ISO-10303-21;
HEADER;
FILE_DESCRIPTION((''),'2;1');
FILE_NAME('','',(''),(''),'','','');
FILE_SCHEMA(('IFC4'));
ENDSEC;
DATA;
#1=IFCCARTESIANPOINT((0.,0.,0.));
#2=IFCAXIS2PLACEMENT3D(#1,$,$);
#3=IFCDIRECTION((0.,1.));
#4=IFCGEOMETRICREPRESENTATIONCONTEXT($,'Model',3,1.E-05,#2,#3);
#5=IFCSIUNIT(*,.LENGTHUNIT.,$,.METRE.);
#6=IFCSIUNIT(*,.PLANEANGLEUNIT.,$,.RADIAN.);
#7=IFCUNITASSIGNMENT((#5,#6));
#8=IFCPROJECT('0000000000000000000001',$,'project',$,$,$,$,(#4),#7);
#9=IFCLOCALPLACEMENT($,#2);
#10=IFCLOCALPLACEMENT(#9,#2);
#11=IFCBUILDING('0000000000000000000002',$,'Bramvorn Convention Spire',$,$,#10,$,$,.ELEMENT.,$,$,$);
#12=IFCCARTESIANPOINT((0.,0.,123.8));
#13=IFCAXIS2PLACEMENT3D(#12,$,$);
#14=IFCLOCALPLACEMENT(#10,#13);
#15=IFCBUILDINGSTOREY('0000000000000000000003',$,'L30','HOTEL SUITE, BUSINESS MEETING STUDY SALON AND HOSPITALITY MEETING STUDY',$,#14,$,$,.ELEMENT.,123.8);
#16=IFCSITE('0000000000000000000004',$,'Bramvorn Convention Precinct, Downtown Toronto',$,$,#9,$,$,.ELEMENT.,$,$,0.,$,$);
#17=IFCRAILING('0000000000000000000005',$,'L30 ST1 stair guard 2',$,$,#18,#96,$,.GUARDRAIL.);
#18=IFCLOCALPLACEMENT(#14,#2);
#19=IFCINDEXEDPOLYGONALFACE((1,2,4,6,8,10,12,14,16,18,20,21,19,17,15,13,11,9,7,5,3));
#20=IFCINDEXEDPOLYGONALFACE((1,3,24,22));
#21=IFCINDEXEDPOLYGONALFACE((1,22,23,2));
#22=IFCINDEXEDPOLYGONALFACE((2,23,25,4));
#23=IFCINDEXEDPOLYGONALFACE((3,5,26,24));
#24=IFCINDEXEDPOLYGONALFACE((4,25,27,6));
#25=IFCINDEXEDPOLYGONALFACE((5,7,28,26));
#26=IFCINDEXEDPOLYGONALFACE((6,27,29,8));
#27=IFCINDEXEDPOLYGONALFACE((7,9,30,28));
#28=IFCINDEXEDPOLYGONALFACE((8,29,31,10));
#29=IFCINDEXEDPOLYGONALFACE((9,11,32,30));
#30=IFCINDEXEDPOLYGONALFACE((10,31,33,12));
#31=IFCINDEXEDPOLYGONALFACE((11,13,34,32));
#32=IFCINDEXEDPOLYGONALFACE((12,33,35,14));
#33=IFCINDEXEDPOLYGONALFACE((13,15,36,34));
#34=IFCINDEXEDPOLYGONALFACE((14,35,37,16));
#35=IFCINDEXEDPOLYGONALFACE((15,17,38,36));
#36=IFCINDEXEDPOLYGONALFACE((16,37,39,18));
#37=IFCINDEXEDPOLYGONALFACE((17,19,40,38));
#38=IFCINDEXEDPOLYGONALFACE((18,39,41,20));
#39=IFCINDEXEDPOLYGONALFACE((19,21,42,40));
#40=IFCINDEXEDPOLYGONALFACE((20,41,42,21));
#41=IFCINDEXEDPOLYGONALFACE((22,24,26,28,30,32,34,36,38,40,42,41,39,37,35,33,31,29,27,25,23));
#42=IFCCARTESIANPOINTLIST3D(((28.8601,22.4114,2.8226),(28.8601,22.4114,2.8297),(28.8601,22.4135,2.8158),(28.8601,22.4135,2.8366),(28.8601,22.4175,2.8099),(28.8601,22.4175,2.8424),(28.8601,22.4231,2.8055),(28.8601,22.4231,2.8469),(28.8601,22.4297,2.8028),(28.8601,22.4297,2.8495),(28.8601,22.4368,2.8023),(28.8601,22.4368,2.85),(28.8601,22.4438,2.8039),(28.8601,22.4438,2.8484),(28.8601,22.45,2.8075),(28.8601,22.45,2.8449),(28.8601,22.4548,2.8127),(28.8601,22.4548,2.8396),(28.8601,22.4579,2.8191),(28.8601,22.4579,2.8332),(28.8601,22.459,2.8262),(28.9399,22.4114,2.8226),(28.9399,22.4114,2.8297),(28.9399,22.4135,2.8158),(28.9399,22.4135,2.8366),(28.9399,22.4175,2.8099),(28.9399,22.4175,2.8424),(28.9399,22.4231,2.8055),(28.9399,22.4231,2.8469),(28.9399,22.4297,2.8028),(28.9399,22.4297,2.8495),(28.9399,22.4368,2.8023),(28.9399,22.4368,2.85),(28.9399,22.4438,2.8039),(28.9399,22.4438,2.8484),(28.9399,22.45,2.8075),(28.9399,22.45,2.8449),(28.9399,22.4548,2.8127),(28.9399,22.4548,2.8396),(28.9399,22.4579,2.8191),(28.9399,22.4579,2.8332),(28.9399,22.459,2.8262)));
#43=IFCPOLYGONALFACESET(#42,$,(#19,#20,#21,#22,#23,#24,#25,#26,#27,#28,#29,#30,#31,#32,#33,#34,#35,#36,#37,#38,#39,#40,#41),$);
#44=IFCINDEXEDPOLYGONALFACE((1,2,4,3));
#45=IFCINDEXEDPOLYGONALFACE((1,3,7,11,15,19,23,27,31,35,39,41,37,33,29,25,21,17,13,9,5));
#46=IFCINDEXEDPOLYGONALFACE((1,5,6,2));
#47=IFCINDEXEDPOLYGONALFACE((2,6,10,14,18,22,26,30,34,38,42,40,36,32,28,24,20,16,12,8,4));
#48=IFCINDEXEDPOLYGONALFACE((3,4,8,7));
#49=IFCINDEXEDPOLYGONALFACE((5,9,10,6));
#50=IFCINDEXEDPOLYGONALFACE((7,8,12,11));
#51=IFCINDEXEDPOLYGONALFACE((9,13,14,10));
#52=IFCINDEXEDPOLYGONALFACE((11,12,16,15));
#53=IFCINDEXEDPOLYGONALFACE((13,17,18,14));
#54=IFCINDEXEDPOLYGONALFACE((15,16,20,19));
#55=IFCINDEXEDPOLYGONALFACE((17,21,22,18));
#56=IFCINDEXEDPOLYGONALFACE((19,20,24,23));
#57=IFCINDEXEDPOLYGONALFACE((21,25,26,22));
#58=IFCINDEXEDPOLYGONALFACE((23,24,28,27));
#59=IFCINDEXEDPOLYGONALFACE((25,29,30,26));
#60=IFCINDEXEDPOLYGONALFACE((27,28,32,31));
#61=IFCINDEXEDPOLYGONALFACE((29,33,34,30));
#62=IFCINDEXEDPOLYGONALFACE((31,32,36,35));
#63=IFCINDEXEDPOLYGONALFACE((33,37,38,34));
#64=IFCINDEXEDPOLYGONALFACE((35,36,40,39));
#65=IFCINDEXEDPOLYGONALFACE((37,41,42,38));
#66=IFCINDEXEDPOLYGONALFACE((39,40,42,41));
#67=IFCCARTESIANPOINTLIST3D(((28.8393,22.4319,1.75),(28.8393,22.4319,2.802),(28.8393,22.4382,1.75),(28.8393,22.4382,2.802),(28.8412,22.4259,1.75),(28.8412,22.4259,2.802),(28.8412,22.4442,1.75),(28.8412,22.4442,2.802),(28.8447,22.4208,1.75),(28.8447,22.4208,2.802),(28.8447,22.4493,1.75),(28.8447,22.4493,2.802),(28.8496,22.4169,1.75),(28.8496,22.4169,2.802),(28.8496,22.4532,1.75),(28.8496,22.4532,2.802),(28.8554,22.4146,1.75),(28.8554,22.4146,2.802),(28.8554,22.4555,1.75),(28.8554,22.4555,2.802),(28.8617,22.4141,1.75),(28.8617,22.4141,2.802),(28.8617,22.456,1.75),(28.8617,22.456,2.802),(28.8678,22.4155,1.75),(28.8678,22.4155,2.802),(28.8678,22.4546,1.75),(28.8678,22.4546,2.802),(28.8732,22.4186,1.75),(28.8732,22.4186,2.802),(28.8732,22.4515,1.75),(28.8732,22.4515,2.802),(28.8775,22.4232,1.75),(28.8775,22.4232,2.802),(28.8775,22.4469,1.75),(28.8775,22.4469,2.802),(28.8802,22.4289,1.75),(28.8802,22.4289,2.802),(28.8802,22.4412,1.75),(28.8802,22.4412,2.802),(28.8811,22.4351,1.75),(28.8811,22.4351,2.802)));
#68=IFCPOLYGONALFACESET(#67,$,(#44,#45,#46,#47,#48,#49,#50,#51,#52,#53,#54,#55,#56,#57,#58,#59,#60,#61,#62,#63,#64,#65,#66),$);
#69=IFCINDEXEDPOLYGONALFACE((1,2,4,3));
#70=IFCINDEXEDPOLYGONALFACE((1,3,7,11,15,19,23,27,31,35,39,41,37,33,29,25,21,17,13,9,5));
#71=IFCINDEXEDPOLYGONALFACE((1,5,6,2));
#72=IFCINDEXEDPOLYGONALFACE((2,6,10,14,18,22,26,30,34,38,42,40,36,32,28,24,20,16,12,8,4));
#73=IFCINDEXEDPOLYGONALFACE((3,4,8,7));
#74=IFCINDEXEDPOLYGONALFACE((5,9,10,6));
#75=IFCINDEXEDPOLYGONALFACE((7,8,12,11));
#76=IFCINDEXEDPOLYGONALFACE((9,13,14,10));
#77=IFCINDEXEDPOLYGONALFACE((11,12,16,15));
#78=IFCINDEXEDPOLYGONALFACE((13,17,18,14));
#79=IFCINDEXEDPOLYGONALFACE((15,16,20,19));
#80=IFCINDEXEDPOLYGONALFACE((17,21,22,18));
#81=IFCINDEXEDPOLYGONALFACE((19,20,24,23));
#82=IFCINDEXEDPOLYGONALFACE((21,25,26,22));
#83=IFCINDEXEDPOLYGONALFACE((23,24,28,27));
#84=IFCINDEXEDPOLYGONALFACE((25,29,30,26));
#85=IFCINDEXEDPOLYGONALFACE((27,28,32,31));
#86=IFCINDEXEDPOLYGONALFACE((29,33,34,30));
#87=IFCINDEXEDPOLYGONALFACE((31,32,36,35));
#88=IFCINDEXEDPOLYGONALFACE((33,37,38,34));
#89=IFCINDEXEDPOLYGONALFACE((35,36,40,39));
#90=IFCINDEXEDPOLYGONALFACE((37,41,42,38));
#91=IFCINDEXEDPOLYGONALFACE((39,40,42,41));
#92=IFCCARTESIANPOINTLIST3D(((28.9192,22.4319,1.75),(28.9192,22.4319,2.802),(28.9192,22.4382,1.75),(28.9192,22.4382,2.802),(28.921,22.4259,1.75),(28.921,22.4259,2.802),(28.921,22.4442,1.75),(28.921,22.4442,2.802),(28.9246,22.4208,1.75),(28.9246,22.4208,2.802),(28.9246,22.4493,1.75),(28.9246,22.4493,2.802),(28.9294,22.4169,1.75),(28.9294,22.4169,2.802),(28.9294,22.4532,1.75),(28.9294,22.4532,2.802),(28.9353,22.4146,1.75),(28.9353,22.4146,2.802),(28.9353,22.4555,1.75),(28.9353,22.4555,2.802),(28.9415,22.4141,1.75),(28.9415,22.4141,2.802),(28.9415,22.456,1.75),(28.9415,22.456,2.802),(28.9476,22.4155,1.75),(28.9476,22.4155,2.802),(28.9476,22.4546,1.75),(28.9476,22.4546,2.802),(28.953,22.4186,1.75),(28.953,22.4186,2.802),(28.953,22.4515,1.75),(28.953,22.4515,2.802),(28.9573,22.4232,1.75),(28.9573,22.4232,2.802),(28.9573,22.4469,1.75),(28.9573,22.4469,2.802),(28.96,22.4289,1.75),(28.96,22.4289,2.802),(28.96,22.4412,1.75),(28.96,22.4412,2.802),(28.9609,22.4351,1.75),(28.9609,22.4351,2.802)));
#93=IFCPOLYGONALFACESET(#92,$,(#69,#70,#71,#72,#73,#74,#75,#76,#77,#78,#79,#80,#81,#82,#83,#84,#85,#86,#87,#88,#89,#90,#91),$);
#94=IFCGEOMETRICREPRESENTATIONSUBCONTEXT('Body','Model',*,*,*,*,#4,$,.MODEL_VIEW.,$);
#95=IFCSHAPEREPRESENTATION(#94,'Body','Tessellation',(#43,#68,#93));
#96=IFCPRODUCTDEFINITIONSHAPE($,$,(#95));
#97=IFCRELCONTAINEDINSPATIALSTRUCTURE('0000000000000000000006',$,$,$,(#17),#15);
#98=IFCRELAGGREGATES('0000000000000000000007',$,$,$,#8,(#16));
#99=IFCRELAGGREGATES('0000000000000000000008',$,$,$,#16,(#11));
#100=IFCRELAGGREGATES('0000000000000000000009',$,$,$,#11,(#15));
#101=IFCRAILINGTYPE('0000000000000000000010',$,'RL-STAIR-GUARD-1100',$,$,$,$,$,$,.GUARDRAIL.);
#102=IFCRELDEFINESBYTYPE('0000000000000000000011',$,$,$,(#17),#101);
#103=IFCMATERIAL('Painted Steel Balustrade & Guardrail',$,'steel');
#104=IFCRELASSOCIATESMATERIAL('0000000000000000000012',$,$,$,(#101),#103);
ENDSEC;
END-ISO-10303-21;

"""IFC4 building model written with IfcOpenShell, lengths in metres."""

from ifc_helpers import new_model, si_unit, direction, frame, origin, origin_2d, place, context, subcontext, project, spatial, circle, extrude, material, type_object, element, save


model = new_model("IFC4")

# Units and contexts
model_context = context("Model", 3, precision=1e-05, world=origin(), true_north=direction((0.0, 1.0)))
body_context = subcontext(model_context, "Body", "Model", "MODEL_VIEW")
ifc_project = project(units=[si_unit("LENGTHUNIT", "METRE"), si_unit("PLANEANGLEUNIT", "RADIAN")], contexts=[model_context])

# Site, building, storey
site_placement = place(None, origin())
site = spatial("IfcSite", under=ifc_project, at=site_placement, Name="Bramvorn Convention Precinct, Downtown Toronto", CompositionType="ELEMENT", RefElevation=0.0)
building_placement = place(site_placement, origin())
building = spatial("IfcBuilding", under=site, at=building_placement, Name="Bramvorn Convention Spire", CompositionType="ELEMENT")
storey_placement = place(building_placement, frame((0.0, 0.0, 123.8)))
storey = spatial("IfcBuildingStorey", under=building, at=storey_placement, Name="L30", Description="HOTEL SUITE, BUSINESS MEETING STUDY SALON AND HOSPITALITY MEETING STUDY", CompositionType="ELEMENT", Elevation=123.8)

# Railing
ifc_material_1 = material(Name="Painted Steel Balustrade & Guardrail", Category="steel")
railing_type_1 = type_object("IfcRailingType", Name="RL-STAIR-GUARD-1100", PredefinedType="GUARDRAIL", material=ifc_material_1)
railing_1_placement = place(storey_placement, frame((28.8601, 22.4351, 1.75)))
element("IfcRailing", 1, at=railing_1_placement, inside=storey, type_object=railing_type_1, Name="L30 ST1 stair guard 2", PredefinedType="GUARDRAIL", context=body_context, shape_type="SweptSolid", body=[
    extrude(circle(Radius=0.0239, at=origin_2d()), frame((0.0, 0.0, 1.0762), z_axis=(1.0, 0.0, 0.0), x_axis=(0.0, 1.0, 0.0)), (0.0, 0.0, 1.0), 0.0798),
    extrude(circle(Radius=0.021, at=origin_2d()), origin(), (0.0, 0.0, 1.0), 1.052),
    extrude(circle(Radius=0.021, at=origin_2d()), frame((0.0798, 0.0, 0.0)), (0.0, 0.0, 1.0), 1.052),
])

save(model, "model.ifc")
